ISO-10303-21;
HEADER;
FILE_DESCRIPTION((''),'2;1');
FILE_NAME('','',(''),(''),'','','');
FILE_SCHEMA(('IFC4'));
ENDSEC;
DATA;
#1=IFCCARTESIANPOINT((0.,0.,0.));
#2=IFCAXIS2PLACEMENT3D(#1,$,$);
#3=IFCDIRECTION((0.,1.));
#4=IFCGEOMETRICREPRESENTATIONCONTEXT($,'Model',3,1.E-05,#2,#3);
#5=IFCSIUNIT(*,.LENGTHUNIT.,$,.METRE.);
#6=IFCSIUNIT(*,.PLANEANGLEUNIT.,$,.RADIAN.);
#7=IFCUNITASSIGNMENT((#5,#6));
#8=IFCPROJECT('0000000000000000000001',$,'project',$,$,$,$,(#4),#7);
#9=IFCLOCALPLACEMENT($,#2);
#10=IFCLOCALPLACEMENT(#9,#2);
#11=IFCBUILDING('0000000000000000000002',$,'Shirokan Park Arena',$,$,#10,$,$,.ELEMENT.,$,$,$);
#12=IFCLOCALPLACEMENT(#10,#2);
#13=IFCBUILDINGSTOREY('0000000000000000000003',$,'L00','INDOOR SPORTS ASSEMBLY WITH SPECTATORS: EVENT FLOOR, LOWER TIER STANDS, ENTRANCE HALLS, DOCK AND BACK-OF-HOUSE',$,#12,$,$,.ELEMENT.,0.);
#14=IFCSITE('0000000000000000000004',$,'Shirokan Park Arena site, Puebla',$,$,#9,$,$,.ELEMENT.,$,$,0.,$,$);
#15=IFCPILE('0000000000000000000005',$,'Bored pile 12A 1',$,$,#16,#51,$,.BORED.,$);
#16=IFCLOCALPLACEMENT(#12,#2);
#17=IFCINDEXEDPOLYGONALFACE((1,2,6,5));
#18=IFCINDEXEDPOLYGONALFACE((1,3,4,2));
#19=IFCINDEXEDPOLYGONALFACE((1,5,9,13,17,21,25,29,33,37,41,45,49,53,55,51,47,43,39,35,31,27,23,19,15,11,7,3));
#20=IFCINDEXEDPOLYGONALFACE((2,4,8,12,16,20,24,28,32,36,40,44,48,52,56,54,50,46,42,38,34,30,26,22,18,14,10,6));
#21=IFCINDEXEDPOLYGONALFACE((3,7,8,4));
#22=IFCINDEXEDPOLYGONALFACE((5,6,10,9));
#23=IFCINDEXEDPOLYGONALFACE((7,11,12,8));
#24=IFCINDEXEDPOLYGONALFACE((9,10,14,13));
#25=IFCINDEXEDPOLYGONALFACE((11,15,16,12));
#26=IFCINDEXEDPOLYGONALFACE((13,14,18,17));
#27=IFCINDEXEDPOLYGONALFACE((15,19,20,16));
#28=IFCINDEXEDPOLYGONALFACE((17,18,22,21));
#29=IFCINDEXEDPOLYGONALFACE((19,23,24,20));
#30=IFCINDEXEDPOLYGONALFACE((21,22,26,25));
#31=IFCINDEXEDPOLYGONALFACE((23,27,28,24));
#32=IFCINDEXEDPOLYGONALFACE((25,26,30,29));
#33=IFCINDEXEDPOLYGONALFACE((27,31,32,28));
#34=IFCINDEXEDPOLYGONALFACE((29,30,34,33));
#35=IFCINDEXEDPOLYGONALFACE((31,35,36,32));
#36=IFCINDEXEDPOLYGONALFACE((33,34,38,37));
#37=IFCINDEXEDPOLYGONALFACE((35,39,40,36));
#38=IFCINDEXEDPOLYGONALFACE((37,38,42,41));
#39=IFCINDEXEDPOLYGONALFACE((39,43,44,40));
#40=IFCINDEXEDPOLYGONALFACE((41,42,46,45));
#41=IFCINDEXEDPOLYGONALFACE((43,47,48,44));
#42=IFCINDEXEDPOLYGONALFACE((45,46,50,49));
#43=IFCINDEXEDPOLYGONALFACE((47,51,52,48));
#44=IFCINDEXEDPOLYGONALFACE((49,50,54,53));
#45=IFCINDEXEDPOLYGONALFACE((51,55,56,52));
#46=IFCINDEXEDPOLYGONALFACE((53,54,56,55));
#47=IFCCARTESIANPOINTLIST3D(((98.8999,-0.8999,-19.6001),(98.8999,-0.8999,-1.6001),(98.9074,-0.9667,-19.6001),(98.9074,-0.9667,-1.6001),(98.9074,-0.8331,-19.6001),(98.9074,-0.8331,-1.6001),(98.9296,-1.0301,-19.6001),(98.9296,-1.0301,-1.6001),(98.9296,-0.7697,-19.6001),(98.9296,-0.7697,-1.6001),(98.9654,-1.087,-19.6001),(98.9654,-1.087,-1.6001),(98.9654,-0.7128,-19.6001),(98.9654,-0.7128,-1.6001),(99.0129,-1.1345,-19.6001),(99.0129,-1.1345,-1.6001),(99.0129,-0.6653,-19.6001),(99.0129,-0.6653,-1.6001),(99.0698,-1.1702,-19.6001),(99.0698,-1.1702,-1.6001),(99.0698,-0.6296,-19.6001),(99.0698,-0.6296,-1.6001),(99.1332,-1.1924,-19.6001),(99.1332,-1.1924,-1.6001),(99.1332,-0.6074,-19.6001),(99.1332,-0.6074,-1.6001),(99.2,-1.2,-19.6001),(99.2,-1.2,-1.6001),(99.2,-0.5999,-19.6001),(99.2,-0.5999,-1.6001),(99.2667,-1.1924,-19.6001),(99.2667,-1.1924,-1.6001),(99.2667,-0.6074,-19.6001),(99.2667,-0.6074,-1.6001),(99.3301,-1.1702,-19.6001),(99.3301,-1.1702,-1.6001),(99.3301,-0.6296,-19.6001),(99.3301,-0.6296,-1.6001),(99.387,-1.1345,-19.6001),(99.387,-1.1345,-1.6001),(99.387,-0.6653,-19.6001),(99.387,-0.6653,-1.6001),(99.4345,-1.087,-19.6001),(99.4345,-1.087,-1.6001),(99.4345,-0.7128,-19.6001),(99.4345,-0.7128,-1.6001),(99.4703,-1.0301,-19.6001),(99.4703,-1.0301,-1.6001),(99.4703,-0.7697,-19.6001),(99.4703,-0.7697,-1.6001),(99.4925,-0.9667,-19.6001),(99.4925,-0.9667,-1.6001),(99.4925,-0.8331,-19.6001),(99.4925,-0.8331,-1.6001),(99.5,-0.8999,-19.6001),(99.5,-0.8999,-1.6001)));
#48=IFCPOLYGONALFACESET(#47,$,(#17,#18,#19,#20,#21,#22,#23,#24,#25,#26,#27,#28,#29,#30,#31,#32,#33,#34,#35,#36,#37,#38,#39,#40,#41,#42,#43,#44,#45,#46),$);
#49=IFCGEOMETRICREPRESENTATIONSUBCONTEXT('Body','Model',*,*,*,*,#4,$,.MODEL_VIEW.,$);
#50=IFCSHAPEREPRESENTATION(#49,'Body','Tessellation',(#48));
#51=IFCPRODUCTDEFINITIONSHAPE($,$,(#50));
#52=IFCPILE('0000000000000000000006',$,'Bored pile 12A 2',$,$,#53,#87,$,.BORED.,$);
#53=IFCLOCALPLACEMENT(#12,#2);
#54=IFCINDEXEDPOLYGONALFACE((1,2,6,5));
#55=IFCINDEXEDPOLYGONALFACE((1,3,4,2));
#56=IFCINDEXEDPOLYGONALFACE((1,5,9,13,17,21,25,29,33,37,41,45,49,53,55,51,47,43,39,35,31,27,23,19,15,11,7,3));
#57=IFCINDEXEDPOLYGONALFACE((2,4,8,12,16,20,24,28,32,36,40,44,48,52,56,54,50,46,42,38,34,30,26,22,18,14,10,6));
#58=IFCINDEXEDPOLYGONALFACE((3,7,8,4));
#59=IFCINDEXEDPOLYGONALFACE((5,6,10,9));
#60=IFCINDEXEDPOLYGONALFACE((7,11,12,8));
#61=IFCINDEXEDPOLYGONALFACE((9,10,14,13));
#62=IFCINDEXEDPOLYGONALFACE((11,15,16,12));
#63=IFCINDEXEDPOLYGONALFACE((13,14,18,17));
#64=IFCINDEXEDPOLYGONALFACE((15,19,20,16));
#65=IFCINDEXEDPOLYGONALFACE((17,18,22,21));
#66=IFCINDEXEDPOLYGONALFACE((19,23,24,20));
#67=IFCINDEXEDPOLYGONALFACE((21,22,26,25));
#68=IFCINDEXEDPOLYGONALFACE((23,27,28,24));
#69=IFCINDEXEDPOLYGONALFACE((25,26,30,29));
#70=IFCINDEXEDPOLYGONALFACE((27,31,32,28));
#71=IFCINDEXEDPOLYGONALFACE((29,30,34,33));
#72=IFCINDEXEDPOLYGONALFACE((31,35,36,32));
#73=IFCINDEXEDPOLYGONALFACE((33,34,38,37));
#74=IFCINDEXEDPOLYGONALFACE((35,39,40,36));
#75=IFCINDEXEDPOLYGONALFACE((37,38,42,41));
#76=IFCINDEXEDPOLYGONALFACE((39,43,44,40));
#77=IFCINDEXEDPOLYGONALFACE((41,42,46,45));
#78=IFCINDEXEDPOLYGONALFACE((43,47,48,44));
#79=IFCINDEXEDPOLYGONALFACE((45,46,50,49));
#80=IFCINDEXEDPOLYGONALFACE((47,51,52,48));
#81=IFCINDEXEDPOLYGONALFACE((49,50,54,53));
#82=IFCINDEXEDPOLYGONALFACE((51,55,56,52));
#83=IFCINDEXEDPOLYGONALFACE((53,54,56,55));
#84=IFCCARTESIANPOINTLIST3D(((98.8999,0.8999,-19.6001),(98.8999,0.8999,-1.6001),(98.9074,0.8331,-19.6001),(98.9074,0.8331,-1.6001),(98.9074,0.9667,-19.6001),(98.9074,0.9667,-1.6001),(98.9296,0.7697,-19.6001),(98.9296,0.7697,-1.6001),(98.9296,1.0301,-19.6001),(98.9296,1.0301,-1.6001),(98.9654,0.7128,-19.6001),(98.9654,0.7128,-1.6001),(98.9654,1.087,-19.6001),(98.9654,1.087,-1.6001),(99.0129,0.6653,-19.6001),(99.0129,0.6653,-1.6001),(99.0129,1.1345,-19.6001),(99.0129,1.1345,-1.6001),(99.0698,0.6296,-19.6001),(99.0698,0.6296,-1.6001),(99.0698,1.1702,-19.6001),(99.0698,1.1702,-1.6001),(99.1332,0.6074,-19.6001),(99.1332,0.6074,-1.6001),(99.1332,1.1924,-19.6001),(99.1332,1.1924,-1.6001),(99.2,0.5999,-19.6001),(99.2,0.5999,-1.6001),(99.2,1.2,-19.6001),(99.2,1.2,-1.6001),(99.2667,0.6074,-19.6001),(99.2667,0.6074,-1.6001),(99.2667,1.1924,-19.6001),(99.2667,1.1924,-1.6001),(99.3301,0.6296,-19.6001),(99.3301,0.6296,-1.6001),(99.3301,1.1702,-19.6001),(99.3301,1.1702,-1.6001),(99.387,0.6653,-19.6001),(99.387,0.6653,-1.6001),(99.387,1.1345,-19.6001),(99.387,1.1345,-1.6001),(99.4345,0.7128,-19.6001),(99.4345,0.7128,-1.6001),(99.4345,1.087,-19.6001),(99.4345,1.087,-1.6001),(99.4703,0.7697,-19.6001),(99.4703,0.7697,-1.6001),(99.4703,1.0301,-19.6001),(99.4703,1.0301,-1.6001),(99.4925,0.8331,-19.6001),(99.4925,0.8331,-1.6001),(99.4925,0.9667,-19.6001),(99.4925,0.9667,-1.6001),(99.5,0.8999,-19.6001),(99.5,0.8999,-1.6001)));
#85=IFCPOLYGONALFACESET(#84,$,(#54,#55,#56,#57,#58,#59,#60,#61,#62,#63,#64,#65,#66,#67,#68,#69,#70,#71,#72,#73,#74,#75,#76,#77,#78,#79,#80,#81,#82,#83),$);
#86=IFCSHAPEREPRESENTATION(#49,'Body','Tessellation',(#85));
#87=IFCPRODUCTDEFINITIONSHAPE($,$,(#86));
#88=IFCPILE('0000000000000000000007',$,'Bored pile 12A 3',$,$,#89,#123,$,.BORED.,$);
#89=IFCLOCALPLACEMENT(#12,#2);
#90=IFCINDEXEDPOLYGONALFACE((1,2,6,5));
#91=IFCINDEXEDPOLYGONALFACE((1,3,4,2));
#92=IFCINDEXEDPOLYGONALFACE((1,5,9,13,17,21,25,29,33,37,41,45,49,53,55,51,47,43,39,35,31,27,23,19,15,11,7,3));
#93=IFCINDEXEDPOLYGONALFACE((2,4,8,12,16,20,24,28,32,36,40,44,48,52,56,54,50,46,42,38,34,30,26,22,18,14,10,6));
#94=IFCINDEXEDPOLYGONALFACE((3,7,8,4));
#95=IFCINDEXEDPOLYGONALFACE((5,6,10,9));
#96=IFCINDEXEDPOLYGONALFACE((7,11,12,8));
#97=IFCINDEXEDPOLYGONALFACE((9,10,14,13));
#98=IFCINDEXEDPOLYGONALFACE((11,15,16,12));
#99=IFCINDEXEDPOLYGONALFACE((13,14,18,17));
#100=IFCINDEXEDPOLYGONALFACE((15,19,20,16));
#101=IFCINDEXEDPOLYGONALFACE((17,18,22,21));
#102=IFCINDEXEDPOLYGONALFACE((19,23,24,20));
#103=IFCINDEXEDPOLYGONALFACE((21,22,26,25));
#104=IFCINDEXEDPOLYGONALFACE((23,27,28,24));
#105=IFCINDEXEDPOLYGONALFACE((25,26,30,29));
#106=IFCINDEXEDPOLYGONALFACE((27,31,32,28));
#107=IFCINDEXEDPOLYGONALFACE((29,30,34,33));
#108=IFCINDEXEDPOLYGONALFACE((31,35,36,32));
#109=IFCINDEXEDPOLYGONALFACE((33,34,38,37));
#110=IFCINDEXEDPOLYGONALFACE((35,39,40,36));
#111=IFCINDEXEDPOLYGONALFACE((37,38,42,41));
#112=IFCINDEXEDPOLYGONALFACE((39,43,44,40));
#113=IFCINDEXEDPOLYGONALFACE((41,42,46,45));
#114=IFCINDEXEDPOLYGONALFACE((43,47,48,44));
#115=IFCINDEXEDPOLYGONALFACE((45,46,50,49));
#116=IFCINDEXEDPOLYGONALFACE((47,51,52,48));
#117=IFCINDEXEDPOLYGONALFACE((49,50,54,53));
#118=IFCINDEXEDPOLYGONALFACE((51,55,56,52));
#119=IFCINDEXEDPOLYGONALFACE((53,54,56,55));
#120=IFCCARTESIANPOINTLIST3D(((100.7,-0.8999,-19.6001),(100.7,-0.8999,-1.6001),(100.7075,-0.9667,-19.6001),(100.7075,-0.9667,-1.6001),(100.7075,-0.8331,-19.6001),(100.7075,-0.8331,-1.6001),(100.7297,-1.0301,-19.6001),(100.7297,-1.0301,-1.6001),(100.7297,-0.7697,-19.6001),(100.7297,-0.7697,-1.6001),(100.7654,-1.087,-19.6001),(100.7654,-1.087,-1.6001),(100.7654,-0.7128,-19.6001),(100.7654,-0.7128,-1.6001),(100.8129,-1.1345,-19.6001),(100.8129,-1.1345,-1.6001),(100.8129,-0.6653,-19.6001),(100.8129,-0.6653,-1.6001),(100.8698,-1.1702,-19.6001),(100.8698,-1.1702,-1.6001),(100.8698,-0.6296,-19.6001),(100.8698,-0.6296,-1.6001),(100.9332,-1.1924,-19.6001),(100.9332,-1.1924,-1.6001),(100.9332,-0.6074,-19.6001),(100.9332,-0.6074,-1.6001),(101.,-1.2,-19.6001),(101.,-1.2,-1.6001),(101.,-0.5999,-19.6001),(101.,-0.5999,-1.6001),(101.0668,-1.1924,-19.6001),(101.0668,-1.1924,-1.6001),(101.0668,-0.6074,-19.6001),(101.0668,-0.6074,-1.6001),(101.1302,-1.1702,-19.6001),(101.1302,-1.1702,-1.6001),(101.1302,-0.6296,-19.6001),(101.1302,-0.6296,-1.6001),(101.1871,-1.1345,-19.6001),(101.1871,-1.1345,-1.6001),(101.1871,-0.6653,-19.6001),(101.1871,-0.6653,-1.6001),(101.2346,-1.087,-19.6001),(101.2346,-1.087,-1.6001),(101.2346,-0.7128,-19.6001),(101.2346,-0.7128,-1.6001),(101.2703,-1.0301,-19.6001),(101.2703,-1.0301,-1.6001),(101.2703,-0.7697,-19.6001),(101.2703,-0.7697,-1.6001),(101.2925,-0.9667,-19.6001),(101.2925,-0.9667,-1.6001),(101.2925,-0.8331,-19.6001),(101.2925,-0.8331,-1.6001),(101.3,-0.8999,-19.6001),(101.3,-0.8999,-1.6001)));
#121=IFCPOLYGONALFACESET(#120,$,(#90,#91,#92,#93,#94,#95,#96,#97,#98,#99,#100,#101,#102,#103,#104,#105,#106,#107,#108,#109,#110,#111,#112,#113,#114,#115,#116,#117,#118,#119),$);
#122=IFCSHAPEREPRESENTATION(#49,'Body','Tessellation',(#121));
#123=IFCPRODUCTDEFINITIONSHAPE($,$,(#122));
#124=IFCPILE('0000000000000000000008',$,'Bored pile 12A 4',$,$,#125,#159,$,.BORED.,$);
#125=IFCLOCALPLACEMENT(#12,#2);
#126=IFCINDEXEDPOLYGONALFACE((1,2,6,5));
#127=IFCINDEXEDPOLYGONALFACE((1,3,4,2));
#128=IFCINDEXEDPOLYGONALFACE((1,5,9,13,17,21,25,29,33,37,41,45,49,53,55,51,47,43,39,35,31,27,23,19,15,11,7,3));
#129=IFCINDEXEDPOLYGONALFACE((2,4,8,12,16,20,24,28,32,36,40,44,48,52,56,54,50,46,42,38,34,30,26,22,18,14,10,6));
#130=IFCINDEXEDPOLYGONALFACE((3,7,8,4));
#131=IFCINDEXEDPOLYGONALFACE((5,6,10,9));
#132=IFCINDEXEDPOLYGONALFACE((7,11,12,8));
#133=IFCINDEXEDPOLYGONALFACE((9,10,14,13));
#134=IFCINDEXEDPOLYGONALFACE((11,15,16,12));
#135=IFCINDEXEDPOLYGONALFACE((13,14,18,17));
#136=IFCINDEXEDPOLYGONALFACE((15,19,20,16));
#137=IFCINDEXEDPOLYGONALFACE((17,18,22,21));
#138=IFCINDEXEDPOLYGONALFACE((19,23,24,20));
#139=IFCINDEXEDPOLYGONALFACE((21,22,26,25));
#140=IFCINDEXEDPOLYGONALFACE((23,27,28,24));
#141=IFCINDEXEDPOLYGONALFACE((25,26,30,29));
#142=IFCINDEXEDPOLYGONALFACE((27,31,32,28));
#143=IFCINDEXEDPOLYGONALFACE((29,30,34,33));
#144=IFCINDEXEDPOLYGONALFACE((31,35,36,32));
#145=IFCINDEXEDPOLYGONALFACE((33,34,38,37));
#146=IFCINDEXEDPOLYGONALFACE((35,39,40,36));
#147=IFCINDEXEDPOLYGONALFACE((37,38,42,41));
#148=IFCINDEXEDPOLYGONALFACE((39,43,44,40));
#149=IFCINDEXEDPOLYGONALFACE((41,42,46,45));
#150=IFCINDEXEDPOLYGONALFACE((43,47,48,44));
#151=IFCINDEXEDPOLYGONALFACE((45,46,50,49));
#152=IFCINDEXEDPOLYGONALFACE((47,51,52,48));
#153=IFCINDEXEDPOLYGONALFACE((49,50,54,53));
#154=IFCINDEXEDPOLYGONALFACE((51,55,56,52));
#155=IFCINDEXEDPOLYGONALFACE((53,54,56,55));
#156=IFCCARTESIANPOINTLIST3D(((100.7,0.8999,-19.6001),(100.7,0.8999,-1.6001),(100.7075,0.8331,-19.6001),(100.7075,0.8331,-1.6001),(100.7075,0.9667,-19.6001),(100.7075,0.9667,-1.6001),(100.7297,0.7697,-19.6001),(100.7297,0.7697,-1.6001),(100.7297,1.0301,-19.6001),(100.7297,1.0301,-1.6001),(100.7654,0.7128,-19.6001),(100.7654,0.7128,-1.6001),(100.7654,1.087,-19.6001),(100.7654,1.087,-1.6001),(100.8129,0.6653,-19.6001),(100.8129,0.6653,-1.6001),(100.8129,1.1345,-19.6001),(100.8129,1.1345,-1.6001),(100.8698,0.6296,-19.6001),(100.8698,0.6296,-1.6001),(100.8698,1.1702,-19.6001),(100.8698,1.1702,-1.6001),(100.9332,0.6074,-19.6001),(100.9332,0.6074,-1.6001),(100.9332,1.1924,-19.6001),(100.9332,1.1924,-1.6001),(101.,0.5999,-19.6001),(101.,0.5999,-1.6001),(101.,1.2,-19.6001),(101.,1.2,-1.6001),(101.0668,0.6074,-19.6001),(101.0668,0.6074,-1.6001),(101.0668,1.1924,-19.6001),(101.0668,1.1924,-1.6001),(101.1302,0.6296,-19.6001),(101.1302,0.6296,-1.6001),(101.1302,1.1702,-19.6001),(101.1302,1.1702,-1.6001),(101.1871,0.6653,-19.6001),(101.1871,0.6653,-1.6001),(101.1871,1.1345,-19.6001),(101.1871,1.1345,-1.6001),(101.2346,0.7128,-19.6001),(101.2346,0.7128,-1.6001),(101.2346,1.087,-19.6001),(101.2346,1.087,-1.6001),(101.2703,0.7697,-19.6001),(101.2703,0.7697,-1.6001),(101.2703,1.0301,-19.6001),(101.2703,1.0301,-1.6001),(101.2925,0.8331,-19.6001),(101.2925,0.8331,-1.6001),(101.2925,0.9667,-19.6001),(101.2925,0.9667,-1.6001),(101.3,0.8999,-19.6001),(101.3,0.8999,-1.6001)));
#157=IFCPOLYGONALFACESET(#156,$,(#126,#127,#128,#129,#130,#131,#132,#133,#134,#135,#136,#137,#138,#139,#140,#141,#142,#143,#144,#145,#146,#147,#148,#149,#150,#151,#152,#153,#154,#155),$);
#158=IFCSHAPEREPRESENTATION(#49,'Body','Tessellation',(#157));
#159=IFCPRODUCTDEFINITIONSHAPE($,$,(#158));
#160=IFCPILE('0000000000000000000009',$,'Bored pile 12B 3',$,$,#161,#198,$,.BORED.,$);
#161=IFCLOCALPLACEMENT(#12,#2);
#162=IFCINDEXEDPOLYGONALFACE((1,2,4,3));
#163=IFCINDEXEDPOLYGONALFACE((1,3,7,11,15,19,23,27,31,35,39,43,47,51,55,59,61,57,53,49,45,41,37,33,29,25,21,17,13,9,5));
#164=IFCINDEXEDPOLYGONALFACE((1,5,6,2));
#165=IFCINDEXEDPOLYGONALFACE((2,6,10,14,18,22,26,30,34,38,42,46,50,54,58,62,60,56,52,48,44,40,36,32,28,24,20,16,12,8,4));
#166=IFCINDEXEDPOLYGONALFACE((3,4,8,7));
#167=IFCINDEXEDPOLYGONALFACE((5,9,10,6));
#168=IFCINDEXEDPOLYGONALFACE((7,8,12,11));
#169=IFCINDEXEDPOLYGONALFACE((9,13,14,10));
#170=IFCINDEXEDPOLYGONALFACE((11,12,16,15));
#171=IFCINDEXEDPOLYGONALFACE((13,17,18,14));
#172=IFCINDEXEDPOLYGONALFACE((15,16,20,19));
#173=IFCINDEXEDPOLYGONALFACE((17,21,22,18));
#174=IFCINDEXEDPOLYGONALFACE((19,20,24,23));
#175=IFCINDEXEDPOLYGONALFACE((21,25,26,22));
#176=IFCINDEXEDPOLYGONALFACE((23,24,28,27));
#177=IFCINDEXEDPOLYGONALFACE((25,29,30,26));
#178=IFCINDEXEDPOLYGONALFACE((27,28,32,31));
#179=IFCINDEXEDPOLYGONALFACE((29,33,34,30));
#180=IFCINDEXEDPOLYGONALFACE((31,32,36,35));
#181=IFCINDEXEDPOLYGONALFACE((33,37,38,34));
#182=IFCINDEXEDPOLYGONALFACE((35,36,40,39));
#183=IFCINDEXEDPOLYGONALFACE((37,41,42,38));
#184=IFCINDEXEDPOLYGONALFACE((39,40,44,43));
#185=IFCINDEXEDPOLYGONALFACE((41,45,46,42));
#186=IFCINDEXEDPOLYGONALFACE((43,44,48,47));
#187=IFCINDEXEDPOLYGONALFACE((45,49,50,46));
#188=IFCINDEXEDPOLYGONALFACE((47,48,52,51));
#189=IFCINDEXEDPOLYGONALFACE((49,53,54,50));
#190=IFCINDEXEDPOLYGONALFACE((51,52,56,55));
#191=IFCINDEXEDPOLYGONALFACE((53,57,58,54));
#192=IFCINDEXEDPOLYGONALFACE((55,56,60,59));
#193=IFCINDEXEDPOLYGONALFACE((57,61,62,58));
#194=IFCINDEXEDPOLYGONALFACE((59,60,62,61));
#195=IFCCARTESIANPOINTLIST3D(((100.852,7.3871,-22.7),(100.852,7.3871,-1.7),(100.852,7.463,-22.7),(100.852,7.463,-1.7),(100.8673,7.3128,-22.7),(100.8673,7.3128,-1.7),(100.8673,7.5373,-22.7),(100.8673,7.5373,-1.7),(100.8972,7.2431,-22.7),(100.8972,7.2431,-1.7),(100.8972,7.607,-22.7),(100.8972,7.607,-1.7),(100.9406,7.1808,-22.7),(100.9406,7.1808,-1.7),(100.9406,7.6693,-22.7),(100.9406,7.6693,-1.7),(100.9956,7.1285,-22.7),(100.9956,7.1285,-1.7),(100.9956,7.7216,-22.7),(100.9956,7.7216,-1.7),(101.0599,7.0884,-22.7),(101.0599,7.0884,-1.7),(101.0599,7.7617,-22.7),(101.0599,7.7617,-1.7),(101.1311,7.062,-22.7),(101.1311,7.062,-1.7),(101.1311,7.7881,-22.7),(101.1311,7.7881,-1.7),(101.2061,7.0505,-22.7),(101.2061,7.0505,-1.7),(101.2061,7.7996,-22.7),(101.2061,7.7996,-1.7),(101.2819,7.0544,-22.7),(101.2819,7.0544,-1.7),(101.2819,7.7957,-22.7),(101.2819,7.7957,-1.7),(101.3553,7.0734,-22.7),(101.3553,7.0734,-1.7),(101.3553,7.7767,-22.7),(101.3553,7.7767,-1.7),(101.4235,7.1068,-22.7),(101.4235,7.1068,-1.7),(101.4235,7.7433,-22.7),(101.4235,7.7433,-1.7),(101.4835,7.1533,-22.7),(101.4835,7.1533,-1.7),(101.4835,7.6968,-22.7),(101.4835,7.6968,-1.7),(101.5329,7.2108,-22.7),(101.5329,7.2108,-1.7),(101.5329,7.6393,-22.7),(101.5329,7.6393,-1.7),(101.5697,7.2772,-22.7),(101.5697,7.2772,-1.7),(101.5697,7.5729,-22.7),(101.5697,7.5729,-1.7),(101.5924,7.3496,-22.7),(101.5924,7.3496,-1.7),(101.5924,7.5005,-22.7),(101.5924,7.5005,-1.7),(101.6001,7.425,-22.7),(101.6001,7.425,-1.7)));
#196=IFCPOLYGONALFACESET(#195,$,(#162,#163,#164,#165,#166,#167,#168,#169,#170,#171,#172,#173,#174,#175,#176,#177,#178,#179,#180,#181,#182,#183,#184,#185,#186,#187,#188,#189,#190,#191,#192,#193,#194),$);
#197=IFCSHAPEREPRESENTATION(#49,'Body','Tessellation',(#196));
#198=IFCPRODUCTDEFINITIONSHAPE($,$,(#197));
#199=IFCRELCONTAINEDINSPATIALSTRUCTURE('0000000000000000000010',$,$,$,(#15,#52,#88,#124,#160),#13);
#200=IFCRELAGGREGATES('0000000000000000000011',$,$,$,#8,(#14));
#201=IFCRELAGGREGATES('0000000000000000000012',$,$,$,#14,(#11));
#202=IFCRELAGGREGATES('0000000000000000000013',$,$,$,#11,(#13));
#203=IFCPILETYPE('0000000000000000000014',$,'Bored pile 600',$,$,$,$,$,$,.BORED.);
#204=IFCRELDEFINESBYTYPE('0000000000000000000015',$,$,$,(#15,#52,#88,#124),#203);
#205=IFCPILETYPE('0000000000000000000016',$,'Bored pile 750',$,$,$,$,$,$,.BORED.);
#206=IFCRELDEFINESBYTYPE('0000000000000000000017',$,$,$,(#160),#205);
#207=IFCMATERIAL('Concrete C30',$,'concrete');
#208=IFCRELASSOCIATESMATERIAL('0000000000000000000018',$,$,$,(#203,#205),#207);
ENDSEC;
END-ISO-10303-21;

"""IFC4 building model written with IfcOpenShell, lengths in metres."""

from ifc_helpers import new_model, si_unit, direction, frame, origin, origin_2d, place, context, subcontext, project, spatial, circle, extrude, material, material_profile, profile_set, type_object, element, save


model = new_model("IFC4")

# Units and contexts
model_context = context("Model", 3, precision=1e-05, world=origin(), true_north=direction((0.0, 1.0)))
body_context = subcontext(model_context, "Body", "Model", "MODEL_VIEW")
ifc_project = project(units=[si_unit("LENGTHUNIT", "METRE"), si_unit("PLANEANGLEUNIT", "RADIAN")], contexts=[model_context])

# Site, building, storey
site_placement = place(None, origin())
site = spatial("IfcSite", under=ifc_project, at=site_placement, Name="Shirokan Park Arena site, Puebla", CompositionType="ELEMENT", RefElevation=0.0)
building_placement = place(site_placement, origin())
building = spatial("IfcBuilding", under=site, at=building_placement, Name="Shirokan Park Arena", CompositionType="ELEMENT")
storey_placement = place(building_placement, origin())
storey = spatial("IfcBuildingStorey", under=building, at=storey_placement, Name="L00", Description="INDOOR SPORTS ASSEMBLY WITH SPECTATORS: EVENT FLOOR, LOWER TIER STANDS, ENTRANCE HALLS, DOCK AND BACK-OF-HOUSE", CompositionType="ELEMENT", Elevation=0.0)

# Piles
ifc_material_1 = material(Name="Concrete C30", Category="concrete")
ifc_material_profile_1 = material_profile(ifc_material_1, circle(Radius=0.3, at=origin_2d()), Name="D600")
ifc_profile_set_1 = profile_set([ifc_material_profile_1], Name="Concrete C30")
pile_type_1 = type_object("IfcPileType", Name="Bored pile 600", PredefinedType="BORED", material=ifc_profile_set_1)
for number, where, z_axis, x_axis, name in (
    (1, (99.2, -0.8999, -1.6001), (0.0, 0.0, -1.0), (1.0, 0.0, 0.0), "Bored pile 12A 1"),
    (2, (99.2, 0.8999, -1.6001), (0.0, 0.0, -1.0), (1.0, 0.0, 0.0), "Bored pile 12A 2"),
    (3, (101.0, -0.8999, -1.6001), (0.0, 0.0, -1.0), (1.0, 0.0, 0.0), "Bored pile 12A 3"),
    (4, (101.0, 0.8999, -1.6001), (0.0, 0.0, -1.0), (1.0, 0.0, 0.0), "Bored pile 12A 4"),
):
    element("IfcPile", number, at=place(storey_placement, frame(where, z_axis=z_axis, x_axis=x_axis)), inside=storey, type_object=pile_type_1, Name=name, PredefinedType="BORED", context=body_context, shape_type="SweptSolid", body=[
        extrude(circle(Radius=0.3, at=origin_2d()), origin(), (0.0, 0.0, 1.0), 18.0),
    ])
ifc_material_profile_2 = material_profile(ifc_material_1, circle(Radius=0.375, at=origin_2d()), Name="D750")
ifc_profile_set_2 = profile_set([ifc_material_profile_2], Name="Concrete C30")
pile_type_2 = type_object("IfcPileType", Name="Bored pile 750", PredefinedType="BORED", material=ifc_profile_set_2)
for number, where, z_axis, x_axis, name in (
    (5, (101.2251, 7.425, -1.7), (0.0, 0.0, -1.0), (1.0, 0.0, 0.0), "Bored pile 12B 3"),
):
    element("IfcPile", number, at=place(storey_placement, frame(where, z_axis=z_axis, x_axis=x_axis)), inside=storey, type_object=pile_type_2, Name=name, PredefinedType="BORED", context=body_context, shape_type="SweptSolid", body=[
        extrude(circle(Radius=0.375, at=origin_2d()), origin(), (0.0, 0.0, 1.0), 21.0),
    ])

save(model, "model.ifc")
